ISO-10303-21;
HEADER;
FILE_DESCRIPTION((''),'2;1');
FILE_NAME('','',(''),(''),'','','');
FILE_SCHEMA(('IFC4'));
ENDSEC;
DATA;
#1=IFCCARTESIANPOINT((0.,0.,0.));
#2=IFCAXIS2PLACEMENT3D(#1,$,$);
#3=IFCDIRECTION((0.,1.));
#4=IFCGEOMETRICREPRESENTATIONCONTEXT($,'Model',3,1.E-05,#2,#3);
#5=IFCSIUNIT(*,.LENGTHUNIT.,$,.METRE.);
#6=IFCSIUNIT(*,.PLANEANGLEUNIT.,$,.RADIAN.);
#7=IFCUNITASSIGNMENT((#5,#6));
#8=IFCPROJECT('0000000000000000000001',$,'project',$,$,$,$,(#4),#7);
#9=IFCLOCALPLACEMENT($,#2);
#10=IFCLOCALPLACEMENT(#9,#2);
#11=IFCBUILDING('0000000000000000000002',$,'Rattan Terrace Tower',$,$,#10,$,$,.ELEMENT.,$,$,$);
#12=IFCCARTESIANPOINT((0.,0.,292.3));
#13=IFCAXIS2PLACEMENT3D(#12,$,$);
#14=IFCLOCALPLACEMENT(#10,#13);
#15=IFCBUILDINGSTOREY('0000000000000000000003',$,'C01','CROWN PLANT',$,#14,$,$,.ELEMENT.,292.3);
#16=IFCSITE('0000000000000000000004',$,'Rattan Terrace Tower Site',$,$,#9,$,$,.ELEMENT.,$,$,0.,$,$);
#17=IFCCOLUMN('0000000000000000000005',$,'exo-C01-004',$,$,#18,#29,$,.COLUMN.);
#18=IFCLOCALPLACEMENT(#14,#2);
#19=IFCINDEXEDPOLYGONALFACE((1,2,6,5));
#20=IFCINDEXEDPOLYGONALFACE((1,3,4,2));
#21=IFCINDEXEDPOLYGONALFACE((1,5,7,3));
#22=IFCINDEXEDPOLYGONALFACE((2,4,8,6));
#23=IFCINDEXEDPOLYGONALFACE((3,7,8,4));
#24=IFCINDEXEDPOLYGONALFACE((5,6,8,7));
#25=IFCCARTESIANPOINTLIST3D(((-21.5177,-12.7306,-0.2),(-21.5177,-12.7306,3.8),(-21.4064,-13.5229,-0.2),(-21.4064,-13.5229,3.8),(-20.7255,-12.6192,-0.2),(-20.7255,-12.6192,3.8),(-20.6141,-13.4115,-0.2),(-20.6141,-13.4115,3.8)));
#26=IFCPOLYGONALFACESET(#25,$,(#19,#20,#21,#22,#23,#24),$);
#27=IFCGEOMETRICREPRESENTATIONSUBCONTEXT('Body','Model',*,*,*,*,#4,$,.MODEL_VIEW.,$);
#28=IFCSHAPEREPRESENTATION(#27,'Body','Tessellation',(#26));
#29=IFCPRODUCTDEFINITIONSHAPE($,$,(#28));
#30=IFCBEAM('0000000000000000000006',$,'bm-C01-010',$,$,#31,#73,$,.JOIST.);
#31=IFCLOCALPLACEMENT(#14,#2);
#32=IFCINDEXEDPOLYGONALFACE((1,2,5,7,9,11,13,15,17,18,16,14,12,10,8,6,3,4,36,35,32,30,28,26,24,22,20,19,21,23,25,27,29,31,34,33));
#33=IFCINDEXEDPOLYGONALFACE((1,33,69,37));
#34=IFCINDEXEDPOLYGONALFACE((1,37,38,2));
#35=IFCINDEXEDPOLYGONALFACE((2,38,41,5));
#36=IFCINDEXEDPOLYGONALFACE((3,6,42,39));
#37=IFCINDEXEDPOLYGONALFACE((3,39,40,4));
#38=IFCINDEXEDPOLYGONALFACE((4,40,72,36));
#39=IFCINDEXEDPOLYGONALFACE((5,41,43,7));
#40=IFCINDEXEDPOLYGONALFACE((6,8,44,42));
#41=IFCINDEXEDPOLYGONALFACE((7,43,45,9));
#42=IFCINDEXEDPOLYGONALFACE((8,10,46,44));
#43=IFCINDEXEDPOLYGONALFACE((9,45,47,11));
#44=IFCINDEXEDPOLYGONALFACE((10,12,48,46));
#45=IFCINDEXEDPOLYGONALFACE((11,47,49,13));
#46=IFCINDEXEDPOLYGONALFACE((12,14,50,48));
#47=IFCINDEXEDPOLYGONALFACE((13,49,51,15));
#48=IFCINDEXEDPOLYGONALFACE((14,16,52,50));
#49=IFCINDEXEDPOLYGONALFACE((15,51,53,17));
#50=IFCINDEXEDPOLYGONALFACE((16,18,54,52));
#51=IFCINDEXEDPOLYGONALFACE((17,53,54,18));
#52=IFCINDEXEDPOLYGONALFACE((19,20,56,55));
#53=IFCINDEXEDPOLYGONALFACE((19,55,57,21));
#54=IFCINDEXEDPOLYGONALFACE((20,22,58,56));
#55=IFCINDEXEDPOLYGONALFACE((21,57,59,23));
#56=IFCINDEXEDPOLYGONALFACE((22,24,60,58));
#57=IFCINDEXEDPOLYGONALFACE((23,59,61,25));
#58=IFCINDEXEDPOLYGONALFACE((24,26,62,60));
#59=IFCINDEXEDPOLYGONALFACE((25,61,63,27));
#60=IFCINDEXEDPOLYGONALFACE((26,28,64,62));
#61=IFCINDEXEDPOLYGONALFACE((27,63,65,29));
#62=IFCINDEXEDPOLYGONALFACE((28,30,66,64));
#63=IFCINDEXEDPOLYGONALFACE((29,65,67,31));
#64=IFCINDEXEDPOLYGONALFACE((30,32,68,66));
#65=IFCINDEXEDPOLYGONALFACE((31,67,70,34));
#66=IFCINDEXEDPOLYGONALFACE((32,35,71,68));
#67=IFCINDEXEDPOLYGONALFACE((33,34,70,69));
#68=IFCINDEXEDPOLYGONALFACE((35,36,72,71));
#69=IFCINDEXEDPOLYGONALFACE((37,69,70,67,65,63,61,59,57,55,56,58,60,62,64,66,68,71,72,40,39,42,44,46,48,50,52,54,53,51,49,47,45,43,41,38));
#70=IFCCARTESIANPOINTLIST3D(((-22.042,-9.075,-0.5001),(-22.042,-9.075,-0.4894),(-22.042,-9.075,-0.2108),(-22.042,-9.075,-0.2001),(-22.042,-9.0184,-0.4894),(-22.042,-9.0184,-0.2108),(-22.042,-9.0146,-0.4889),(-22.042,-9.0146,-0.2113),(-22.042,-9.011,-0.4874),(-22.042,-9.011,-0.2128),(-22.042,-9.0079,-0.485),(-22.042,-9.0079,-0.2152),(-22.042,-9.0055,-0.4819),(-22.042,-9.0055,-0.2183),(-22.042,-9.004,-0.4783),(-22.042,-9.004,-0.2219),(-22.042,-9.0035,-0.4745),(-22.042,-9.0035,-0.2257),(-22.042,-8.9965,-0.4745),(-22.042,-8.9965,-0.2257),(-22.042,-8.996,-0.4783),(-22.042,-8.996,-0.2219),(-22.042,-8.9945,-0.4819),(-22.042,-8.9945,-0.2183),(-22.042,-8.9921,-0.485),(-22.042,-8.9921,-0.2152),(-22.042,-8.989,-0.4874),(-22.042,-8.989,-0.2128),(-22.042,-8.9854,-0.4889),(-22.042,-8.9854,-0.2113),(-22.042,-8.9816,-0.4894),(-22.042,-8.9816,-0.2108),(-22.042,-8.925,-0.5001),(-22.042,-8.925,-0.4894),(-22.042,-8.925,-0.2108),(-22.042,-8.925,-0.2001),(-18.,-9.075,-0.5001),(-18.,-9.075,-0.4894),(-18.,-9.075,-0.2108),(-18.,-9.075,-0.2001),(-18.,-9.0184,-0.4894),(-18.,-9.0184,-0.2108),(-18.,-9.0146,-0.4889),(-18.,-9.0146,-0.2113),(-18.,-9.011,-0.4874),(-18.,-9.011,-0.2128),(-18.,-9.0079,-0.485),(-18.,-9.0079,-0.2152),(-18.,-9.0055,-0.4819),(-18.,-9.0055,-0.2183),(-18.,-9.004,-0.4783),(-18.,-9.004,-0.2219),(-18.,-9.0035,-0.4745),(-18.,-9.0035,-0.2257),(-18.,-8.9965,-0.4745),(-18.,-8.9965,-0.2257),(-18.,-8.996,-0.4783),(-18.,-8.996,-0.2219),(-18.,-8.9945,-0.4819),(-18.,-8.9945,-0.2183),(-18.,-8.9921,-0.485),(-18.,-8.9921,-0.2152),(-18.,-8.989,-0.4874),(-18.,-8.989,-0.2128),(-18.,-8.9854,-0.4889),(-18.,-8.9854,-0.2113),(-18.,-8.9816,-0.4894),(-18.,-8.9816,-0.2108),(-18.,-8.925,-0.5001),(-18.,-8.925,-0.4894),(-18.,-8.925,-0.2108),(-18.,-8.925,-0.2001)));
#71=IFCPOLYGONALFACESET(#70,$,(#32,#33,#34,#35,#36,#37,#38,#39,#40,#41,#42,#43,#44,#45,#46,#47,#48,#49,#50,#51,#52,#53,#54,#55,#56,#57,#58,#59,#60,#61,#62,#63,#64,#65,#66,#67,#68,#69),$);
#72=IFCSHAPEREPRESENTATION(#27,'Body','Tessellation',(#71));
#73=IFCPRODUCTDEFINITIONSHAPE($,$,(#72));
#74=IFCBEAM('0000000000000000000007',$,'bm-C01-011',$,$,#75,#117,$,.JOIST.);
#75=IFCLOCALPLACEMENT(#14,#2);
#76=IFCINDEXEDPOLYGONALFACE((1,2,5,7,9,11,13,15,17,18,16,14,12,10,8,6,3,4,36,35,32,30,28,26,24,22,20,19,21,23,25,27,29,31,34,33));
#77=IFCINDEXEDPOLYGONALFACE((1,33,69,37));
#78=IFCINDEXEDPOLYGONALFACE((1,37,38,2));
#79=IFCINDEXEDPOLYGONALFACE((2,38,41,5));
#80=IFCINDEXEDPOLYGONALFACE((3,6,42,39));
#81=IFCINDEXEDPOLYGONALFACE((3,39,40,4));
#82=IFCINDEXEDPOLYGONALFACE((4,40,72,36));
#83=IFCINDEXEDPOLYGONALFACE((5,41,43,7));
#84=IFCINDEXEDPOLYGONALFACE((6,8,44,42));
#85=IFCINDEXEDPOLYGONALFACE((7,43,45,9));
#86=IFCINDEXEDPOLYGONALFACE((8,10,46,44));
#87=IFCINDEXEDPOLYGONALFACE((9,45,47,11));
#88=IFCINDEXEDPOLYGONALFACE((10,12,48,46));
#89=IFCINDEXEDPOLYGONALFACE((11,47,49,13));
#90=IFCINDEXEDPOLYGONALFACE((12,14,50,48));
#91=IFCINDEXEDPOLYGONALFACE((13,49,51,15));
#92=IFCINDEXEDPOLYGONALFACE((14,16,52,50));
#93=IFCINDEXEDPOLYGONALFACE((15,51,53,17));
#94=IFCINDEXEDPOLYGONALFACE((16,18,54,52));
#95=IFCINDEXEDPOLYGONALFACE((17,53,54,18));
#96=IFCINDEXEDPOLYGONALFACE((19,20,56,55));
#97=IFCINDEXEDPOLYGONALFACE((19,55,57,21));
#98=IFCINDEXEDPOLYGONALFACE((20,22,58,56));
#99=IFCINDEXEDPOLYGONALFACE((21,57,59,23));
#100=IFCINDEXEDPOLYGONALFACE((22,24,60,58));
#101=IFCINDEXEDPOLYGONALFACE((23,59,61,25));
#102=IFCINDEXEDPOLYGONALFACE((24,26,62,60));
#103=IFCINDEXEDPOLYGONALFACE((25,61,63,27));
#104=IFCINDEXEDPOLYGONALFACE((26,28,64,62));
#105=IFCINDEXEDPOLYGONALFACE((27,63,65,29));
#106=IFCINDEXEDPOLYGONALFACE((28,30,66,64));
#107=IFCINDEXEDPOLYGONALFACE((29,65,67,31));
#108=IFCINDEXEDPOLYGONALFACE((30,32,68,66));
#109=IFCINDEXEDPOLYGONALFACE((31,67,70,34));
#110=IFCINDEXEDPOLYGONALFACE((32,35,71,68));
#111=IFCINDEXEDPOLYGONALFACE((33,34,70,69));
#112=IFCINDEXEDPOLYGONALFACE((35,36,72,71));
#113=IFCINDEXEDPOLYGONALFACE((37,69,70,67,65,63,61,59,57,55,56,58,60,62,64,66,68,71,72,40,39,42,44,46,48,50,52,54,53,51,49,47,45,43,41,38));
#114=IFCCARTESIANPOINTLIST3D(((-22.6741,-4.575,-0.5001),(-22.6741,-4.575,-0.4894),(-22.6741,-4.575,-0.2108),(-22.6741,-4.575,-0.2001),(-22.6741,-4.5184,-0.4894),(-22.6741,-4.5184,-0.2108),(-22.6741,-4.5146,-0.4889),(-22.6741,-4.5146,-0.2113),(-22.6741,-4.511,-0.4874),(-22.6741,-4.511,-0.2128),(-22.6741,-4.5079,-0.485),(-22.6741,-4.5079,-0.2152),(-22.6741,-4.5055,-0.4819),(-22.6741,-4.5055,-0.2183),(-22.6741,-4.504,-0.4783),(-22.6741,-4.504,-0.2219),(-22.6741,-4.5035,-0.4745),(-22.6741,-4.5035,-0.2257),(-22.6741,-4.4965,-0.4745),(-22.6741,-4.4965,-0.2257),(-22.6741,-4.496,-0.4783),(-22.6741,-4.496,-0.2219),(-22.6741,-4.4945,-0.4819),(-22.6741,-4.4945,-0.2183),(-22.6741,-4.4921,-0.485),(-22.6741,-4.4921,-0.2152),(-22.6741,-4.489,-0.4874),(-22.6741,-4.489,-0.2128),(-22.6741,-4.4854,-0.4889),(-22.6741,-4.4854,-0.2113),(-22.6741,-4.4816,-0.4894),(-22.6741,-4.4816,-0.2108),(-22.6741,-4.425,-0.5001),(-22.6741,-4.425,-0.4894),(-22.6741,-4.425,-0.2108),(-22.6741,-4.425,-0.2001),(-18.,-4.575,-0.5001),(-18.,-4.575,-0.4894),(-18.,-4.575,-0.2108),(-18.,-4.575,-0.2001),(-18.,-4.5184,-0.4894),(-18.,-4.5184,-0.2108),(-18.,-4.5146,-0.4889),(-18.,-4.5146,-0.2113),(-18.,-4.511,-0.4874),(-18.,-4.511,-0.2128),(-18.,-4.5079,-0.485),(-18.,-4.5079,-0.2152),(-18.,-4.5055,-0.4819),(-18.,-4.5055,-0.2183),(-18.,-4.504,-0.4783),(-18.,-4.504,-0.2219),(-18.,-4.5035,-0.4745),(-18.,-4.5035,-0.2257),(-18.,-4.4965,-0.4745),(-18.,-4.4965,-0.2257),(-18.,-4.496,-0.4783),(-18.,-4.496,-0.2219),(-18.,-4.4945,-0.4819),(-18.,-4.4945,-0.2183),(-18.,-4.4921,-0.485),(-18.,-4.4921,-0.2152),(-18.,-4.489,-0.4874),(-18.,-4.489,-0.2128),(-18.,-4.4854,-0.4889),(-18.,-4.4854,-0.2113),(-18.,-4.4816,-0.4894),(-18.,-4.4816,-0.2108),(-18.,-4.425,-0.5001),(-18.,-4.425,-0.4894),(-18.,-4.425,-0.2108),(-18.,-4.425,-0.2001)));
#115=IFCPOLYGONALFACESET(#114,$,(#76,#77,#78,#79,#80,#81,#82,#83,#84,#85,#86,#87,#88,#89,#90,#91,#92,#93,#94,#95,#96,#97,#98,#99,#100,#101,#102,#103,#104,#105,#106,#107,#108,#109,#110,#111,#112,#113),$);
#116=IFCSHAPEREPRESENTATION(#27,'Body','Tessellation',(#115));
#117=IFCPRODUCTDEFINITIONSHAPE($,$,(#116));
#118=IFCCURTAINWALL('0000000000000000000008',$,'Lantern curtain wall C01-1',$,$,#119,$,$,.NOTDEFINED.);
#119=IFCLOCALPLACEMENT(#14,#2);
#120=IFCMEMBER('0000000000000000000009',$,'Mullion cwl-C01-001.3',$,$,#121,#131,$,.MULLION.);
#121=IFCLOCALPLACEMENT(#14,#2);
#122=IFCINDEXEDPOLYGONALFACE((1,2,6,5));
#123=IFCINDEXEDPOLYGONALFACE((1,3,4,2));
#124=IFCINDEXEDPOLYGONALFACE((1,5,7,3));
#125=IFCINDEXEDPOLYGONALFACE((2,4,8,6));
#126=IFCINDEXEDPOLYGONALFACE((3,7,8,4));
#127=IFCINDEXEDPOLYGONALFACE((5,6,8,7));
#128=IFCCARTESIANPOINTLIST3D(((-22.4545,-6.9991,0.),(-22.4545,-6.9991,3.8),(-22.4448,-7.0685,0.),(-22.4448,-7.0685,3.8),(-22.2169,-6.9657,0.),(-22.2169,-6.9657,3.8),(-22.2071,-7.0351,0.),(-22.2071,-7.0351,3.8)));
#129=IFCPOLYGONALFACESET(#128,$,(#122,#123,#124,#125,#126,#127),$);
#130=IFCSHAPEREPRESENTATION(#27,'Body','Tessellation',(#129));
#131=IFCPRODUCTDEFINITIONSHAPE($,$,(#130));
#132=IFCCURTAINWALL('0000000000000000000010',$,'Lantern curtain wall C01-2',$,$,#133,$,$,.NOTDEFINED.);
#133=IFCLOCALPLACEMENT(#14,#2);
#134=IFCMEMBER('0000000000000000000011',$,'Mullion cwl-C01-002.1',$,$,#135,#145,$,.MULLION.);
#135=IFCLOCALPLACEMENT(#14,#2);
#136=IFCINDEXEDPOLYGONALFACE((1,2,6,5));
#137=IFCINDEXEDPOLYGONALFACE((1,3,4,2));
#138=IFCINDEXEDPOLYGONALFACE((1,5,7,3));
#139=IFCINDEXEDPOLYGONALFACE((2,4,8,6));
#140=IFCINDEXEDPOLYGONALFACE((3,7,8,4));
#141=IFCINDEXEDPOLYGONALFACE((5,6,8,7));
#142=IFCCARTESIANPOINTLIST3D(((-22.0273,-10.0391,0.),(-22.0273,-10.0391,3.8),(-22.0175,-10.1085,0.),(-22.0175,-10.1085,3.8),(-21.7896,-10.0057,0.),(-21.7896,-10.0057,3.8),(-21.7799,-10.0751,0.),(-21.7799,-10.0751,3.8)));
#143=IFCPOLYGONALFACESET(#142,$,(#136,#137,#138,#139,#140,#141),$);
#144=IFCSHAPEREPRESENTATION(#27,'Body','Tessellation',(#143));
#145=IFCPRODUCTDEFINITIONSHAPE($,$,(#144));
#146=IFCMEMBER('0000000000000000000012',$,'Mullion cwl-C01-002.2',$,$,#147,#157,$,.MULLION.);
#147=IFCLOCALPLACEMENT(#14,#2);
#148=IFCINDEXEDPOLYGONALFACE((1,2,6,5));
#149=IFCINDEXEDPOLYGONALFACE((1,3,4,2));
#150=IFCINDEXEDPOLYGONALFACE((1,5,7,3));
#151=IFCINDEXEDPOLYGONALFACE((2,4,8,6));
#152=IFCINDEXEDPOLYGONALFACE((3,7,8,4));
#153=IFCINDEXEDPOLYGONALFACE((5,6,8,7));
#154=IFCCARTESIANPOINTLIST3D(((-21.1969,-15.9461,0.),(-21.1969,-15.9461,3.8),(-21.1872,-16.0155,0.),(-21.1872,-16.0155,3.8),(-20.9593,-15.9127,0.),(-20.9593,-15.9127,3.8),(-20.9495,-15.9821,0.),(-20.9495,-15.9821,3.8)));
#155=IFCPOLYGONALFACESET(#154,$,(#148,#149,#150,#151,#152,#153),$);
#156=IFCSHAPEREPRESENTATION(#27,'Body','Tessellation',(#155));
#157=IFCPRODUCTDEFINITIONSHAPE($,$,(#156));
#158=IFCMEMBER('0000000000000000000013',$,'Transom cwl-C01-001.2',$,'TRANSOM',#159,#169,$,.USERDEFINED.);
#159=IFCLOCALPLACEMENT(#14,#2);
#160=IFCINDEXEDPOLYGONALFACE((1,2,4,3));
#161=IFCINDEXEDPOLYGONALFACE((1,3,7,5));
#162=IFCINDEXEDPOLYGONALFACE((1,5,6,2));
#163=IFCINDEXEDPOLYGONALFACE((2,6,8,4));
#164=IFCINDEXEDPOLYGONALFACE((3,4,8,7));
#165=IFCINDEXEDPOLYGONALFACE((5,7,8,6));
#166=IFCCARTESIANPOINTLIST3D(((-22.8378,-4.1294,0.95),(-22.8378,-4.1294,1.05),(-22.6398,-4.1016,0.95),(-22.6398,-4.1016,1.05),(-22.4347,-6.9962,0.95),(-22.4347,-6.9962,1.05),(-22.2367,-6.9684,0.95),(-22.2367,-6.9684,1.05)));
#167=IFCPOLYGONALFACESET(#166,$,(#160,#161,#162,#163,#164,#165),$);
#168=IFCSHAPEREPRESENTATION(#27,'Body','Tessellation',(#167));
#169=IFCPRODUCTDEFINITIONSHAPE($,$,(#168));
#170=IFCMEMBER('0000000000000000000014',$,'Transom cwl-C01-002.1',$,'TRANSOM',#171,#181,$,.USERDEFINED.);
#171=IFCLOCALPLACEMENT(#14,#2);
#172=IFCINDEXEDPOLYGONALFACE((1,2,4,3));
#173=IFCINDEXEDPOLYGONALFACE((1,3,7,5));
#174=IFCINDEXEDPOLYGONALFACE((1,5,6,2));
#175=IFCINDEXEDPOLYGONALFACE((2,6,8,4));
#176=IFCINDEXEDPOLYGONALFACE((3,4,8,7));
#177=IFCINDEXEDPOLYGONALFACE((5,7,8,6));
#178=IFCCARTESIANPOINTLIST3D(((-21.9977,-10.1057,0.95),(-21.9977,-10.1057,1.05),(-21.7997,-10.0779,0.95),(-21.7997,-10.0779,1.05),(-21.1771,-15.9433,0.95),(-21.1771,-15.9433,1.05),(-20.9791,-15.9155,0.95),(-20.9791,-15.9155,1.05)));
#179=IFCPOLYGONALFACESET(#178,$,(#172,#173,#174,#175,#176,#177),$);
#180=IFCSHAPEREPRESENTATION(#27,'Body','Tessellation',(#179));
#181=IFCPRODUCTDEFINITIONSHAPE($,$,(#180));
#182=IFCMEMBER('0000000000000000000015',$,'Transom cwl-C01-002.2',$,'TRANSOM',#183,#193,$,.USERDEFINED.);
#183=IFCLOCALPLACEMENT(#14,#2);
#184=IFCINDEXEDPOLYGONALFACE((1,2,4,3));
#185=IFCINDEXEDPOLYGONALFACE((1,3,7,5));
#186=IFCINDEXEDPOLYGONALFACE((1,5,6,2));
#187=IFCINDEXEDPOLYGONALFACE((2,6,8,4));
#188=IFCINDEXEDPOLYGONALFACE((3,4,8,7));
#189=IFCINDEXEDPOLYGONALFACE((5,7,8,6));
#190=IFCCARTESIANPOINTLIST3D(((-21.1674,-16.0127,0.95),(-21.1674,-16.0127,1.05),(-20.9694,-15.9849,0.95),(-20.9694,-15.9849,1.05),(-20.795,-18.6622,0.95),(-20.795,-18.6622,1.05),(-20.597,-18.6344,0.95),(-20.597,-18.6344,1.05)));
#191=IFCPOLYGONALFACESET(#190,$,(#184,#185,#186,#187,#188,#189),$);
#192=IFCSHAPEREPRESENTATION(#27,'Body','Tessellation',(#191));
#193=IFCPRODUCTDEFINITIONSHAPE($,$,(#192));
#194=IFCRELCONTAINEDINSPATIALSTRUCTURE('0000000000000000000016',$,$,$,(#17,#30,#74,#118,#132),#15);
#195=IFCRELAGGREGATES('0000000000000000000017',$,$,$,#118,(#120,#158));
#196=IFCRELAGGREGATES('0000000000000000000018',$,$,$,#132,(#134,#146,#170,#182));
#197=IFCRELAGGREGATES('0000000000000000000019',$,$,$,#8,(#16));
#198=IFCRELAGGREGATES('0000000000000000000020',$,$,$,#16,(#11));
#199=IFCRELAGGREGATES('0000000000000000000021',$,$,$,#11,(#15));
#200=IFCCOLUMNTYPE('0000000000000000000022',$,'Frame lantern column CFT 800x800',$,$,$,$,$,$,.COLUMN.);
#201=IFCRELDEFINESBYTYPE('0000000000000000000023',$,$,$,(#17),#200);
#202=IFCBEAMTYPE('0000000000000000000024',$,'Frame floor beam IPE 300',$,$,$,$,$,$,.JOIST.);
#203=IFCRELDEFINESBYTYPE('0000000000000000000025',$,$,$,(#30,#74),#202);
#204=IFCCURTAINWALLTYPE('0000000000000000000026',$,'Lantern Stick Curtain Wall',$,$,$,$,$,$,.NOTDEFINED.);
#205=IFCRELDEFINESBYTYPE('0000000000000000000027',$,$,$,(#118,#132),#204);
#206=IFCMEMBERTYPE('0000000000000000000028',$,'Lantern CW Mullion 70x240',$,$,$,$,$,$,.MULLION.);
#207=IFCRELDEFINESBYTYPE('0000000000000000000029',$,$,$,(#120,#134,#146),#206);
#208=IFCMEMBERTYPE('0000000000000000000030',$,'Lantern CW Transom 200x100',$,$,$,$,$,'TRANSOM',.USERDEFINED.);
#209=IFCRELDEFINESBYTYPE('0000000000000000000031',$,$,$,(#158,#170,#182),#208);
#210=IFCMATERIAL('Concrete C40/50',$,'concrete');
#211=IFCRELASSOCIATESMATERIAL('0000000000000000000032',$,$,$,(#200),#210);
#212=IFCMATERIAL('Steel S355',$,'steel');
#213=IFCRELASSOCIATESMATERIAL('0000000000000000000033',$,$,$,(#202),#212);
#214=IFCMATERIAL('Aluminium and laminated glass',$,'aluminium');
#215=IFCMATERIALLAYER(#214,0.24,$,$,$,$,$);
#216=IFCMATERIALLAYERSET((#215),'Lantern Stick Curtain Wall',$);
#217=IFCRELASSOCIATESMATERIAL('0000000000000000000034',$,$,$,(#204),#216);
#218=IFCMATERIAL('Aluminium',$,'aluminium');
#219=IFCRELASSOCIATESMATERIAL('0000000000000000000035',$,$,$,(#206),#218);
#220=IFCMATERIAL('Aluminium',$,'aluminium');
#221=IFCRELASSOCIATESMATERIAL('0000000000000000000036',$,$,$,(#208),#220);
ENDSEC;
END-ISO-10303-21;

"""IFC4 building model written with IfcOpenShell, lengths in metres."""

from ifc_helpers import new_model, si_unit, direction, frame, origin, origin_2d, place, context, subcontext, project, spatial, rectangle, i_section, extrude, material, layer, layer_set, material_profile, profile_set, type_object, element, aggregate, save


model = new_model("IFC4")

# Units and contexts
model_context = context("Model", 3, precision=1e-05, world=origin(), true_north=direction((0.0, 1.0)))
body_context = subcontext(model_context, "Body", "Model", "MODEL_VIEW")
ifc_project = project(units=[si_unit("LENGTHUNIT", "METRE"), si_unit("PLANEANGLEUNIT", "RADIAN")], contexts=[model_context])

# Site, building, storey
site_placement = place(None, origin())
site = spatial("IfcSite", under=ifc_project, at=site_placement, Name="Rattan Terrace Tower Site", CompositionType="ELEMENT", RefElevation=0.0)
building_placement = place(site_placement, origin())
building = spatial("IfcBuilding", under=site, at=building_placement, Name="Rattan Terrace Tower", CompositionType="ELEMENT")
storey_placement = place(building_placement, frame((0.0, 0.0, 292.3)))
storey = spatial("IfcBuildingStorey", under=building, at=storey_placement, Name="C01", Description="CROWN PLANT", CompositionType="ELEMENT", Elevation=292.3)

# Column
ifc_material_1 = material(Name="Concrete C40/50", Category="concrete")
ifc_material_profile_1 = material_profile(ifc_material_1, rectangle(XDim=0.8, YDim=0.8, at=origin_2d()), Name="CFT 800x800")
ifc_profile_set_1 = profile_set([ifc_material_profile_1], Name="Concrete C40/50")
column_type = type_object("IfcColumnType", Name="Frame lantern column CFT 800x800", PredefinedType="COLUMN", material=ifc_profile_set_1)
column_placement = place(storey_placement, frame((-21.0659, -13.071, -0.2), z_axis=(0.0, 0.0, 1.0), x_axis=(-0.13919, 0.990266, 0.0)))
element("IfcColumn", 1, at=column_placement, inside=storey, type_object=column_type, Name="exo-C01-004", PredefinedType="COLUMN", context=body_context, shape_type="SweptSolid", body=[
    extrude(rectangle(XDim=0.8, YDim=0.8, at=origin_2d()), origin(), (0.0, 0.0, 1.0), 4.0),
])

# Beams
ifc_material_2 = material(Name="Steel S355", Category="steel")
ifc_material_profile_2 = material_profile(ifc_material_2, i_section(OverallWidth=0.1499, OverallDepth=0.3, WebThickness=0.0071, FlangeThickness=0.0107, FilletRadius=0.0149, at=origin_2d()), Name="IPE 300")
ifc_profile_set_2 = profile_set([ifc_material_profile_2], Name="Steel S355")
beam_type = type_object("IfcBeamType", Name="Frame floor beam IPE 300", PredefinedType="JOIST", material=ifc_profile_set_2)
beam_1_placement = place(storey_placement, frame((-22.042, -9.0, -0.3501), z_axis=(1.0, 0.0, 0.0), x_axis=(0.0, 1.0, 0.0)))
element("IfcBeam", 2, at=beam_1_placement, inside=storey, type_object=beam_type, Name="bm-C01-010", PredefinedType="JOIST", context=body_context, shape_type="SweptSolid", body=[
    extrude(i_section(OverallWidth=0.1499, OverallDepth=0.3, WebThickness=0.0071, FlangeThickness=0.0107, FilletRadius=0.0149, at=origin_2d()), origin(), (0.0, 0.0, 1.0), 4.042),
])
beam_2_placement = place(storey_placement, frame((-22.6741, -4.5, -0.3501), z_axis=(1.0, 0.0, 0.0), x_axis=(0.0, 1.0, 0.0)))
element("IfcBeam", 3, at=beam_2_placement, inside=storey, type_object=beam_type, Name="bm-C01-011", PredefinedType="JOIST", context=body_context, shape_type="SweptSolid", body=[
    extrude(i_section(OverallWidth=0.1499, OverallDepth=0.3, WebThickness=0.0071, FlangeThickness=0.0107, FilletRadius=0.0149, at=origin_2d()), origin(), (0.0, 0.0, 1.0), 4.6741),
])

# Curtain wall, member
ifc_material_3 = material(Name="Aluminium and laminated glass", Category="aluminium")
ifc_layer_1 = layer(ifc_material_3, 0.24)
ifc_layer_set_1 = layer_set([ifc_layer_1], Name="Lantern Stick Curtain Wall")
curtain_wall_type = type_object("IfcCurtainWallType", Name="Lantern Stick Curtain Wall", PredefinedType="NOTDEFINED", material=ifc_layer_set_1)
curtain_wall_1_placement = place(storey_placement, origin())
curtain_wall_1 = element("IfcCurtainWall", 4, at=curtain_wall_1_placement, inside=storey, type_object=curtain_wall_type, Name="Lantern curtain wall C01-1", PredefinedType="NOTDEFINED")
ifc_material_4 = material(Name="Aluminium", Category="aluminium")
ifc_material_profile_3 = material_profile(ifc_material_4, rectangle(XDim=0.0701, YDim=0.24, at=origin_2d()), Name="Aluminium 70x240")
ifc_profile_set_3 = profile_set([ifc_material_profile_3], Name="Aluminium")
member_type_1 = type_object("IfcMemberType", Name="Lantern CW Mullion 70x240", PredefinedType="MULLION", material=ifc_profile_set_3)
member_1_placement = place(storey_placement, frame((-22.3308, -7.0171, 0.0), z_axis=(0.0, 0.0, 1.0), x_axis=(0.139188, -0.990266, 0.0)))
member_1 = element("IfcMember", 5, at=member_1_placement, type_object=member_type_1, Name="Mullion cwl-C01-001.3", PredefinedType="MULLION", context=body_context, shape_type="SweptSolid", body=[
    extrude(rectangle(XDim=0.0701, YDim=0.24, at=origin_2d()), origin(), (0.0, 0.0, 1.0), 3.8),
])

# Curtain wall, members
curtain_wall_2_placement = place(storey_placement, origin())
curtain_wall_2 = element("IfcCurtainWall", 6, at=curtain_wall_2_placement, inside=storey, type_object=curtain_wall_type, Name="Lantern curtain wall C01-2", PredefinedType="NOTDEFINED")
member_2_placement = place(storey_placement, frame((-21.9036, -10.0571, 0.0), z_axis=(0.0, 0.0, 1.0), x_axis=(0.139188, -0.990266, 0.0)))
member_2 = element("IfcMember", 7, at=member_2_placement, type_object=member_type_1, Name="Mullion cwl-C01-002.1", PredefinedType="MULLION", context=body_context, shape_type="SweptSolid", body=[
    extrude(rectangle(XDim=0.0701, YDim=0.24, at=origin_2d()), origin(), (0.0, 0.0, 1.0), 3.8),
])
member_3_placement = place(storey_placement, frame((-21.0732, -15.9641, 0.0), z_axis=(0.0, 0.0, 1.0), x_axis=(0.139188, -0.990266, 0.0)))
member_3 = element("IfcMember", 8, at=member_3_placement, type_object=member_type_1, Name="Mullion cwl-C01-002.2", PredefinedType="MULLION", context=body_context, shape_type="SweptSolid", body=[
    extrude(rectangle(XDim=0.0701, YDim=0.24, at=origin_2d()), origin(), (0.0, 0.0, 1.0), 3.8),
])

# Members
ifc_material_5 = material(Name="Aluminium", Category="aluminium")
ifc_material_profile_4 = material_profile(ifc_material_5, rectangle(XDim=0.2, YDim=0.1001, at=origin_2d()), Name="Aluminium 200x100")
ifc_profile_set_4 = profile_set([ifc_material_profile_4], Name="Aluminium")
member_type_2 = type_object("IfcMemberType", Name="Lantern CW Transom 200x100", ElementType="TRANSOM", PredefinedType="USERDEFINED", material=ifc_profile_set_4)
member_4_placement = place(storey_placement, frame((-22.7388, -4.1155, 1.0), z_axis=(0.139225, -0.990261, 0.0), x_axis=(0.990261, 0.139225, 0.0)))
member_4 = element("IfcMember", 9, at=member_4_placement, type_object=member_type_2, Name="Transom cwl-C01-001.2", ObjectType="TRANSOM", PredefinedType="USERDEFINED", context=body_context, shape_type="SweptSolid", body=[
    extrude(rectangle(XDim=0.2, YDim=0.1001, at=origin_2d()), origin(), (0.0, 0.0, 1.0), 2.895),
])
member_5_placement = place(storey_placement, frame((-21.8987, -10.0918, 1.0), z_axis=(0.139195, -0.990265, 0.0), x_axis=(0.990265, 0.139195, 0.0)))
member_5 = element("IfcMember", 10, at=member_5_placement, type_object=member_type_2, Name="Transom cwl-C01-002.1", ObjectType="TRANSOM", PredefinedType="USERDEFINED", context=body_context, shape_type="SweptSolid", body=[
    extrude(rectangle(XDim=0.2, YDim=0.1001, at=origin_2d()), origin(), (0.0, 0.0, 1.0), 5.895),
])
member_6_placement = place(storey_placement, frame((-21.0684, -15.9988, 1.0), z_axis=(0.13916, -0.99027, 0.0), x_axis=(0.99027, 0.13916, 0.0)))
member_6 = element("IfcMember", 11, at=member_6_placement, type_object=member_type_2, Name="Transom cwl-C01-002.2", ObjectType="TRANSOM", PredefinedType="USERDEFINED", context=body_context, shape_type="SweptSolid", body=[
    extrude(rectangle(XDim=0.2, YDim=0.1001, at=origin_2d()), origin(), (0.0, 0.0, 1.0), 2.6755),
])

aggregate(curtain_wall_1, [member_1, member_4])
aggregate(curtain_wall_2, [member_2, member_3, member_5, member_6])

save(model, "model.ifc")
